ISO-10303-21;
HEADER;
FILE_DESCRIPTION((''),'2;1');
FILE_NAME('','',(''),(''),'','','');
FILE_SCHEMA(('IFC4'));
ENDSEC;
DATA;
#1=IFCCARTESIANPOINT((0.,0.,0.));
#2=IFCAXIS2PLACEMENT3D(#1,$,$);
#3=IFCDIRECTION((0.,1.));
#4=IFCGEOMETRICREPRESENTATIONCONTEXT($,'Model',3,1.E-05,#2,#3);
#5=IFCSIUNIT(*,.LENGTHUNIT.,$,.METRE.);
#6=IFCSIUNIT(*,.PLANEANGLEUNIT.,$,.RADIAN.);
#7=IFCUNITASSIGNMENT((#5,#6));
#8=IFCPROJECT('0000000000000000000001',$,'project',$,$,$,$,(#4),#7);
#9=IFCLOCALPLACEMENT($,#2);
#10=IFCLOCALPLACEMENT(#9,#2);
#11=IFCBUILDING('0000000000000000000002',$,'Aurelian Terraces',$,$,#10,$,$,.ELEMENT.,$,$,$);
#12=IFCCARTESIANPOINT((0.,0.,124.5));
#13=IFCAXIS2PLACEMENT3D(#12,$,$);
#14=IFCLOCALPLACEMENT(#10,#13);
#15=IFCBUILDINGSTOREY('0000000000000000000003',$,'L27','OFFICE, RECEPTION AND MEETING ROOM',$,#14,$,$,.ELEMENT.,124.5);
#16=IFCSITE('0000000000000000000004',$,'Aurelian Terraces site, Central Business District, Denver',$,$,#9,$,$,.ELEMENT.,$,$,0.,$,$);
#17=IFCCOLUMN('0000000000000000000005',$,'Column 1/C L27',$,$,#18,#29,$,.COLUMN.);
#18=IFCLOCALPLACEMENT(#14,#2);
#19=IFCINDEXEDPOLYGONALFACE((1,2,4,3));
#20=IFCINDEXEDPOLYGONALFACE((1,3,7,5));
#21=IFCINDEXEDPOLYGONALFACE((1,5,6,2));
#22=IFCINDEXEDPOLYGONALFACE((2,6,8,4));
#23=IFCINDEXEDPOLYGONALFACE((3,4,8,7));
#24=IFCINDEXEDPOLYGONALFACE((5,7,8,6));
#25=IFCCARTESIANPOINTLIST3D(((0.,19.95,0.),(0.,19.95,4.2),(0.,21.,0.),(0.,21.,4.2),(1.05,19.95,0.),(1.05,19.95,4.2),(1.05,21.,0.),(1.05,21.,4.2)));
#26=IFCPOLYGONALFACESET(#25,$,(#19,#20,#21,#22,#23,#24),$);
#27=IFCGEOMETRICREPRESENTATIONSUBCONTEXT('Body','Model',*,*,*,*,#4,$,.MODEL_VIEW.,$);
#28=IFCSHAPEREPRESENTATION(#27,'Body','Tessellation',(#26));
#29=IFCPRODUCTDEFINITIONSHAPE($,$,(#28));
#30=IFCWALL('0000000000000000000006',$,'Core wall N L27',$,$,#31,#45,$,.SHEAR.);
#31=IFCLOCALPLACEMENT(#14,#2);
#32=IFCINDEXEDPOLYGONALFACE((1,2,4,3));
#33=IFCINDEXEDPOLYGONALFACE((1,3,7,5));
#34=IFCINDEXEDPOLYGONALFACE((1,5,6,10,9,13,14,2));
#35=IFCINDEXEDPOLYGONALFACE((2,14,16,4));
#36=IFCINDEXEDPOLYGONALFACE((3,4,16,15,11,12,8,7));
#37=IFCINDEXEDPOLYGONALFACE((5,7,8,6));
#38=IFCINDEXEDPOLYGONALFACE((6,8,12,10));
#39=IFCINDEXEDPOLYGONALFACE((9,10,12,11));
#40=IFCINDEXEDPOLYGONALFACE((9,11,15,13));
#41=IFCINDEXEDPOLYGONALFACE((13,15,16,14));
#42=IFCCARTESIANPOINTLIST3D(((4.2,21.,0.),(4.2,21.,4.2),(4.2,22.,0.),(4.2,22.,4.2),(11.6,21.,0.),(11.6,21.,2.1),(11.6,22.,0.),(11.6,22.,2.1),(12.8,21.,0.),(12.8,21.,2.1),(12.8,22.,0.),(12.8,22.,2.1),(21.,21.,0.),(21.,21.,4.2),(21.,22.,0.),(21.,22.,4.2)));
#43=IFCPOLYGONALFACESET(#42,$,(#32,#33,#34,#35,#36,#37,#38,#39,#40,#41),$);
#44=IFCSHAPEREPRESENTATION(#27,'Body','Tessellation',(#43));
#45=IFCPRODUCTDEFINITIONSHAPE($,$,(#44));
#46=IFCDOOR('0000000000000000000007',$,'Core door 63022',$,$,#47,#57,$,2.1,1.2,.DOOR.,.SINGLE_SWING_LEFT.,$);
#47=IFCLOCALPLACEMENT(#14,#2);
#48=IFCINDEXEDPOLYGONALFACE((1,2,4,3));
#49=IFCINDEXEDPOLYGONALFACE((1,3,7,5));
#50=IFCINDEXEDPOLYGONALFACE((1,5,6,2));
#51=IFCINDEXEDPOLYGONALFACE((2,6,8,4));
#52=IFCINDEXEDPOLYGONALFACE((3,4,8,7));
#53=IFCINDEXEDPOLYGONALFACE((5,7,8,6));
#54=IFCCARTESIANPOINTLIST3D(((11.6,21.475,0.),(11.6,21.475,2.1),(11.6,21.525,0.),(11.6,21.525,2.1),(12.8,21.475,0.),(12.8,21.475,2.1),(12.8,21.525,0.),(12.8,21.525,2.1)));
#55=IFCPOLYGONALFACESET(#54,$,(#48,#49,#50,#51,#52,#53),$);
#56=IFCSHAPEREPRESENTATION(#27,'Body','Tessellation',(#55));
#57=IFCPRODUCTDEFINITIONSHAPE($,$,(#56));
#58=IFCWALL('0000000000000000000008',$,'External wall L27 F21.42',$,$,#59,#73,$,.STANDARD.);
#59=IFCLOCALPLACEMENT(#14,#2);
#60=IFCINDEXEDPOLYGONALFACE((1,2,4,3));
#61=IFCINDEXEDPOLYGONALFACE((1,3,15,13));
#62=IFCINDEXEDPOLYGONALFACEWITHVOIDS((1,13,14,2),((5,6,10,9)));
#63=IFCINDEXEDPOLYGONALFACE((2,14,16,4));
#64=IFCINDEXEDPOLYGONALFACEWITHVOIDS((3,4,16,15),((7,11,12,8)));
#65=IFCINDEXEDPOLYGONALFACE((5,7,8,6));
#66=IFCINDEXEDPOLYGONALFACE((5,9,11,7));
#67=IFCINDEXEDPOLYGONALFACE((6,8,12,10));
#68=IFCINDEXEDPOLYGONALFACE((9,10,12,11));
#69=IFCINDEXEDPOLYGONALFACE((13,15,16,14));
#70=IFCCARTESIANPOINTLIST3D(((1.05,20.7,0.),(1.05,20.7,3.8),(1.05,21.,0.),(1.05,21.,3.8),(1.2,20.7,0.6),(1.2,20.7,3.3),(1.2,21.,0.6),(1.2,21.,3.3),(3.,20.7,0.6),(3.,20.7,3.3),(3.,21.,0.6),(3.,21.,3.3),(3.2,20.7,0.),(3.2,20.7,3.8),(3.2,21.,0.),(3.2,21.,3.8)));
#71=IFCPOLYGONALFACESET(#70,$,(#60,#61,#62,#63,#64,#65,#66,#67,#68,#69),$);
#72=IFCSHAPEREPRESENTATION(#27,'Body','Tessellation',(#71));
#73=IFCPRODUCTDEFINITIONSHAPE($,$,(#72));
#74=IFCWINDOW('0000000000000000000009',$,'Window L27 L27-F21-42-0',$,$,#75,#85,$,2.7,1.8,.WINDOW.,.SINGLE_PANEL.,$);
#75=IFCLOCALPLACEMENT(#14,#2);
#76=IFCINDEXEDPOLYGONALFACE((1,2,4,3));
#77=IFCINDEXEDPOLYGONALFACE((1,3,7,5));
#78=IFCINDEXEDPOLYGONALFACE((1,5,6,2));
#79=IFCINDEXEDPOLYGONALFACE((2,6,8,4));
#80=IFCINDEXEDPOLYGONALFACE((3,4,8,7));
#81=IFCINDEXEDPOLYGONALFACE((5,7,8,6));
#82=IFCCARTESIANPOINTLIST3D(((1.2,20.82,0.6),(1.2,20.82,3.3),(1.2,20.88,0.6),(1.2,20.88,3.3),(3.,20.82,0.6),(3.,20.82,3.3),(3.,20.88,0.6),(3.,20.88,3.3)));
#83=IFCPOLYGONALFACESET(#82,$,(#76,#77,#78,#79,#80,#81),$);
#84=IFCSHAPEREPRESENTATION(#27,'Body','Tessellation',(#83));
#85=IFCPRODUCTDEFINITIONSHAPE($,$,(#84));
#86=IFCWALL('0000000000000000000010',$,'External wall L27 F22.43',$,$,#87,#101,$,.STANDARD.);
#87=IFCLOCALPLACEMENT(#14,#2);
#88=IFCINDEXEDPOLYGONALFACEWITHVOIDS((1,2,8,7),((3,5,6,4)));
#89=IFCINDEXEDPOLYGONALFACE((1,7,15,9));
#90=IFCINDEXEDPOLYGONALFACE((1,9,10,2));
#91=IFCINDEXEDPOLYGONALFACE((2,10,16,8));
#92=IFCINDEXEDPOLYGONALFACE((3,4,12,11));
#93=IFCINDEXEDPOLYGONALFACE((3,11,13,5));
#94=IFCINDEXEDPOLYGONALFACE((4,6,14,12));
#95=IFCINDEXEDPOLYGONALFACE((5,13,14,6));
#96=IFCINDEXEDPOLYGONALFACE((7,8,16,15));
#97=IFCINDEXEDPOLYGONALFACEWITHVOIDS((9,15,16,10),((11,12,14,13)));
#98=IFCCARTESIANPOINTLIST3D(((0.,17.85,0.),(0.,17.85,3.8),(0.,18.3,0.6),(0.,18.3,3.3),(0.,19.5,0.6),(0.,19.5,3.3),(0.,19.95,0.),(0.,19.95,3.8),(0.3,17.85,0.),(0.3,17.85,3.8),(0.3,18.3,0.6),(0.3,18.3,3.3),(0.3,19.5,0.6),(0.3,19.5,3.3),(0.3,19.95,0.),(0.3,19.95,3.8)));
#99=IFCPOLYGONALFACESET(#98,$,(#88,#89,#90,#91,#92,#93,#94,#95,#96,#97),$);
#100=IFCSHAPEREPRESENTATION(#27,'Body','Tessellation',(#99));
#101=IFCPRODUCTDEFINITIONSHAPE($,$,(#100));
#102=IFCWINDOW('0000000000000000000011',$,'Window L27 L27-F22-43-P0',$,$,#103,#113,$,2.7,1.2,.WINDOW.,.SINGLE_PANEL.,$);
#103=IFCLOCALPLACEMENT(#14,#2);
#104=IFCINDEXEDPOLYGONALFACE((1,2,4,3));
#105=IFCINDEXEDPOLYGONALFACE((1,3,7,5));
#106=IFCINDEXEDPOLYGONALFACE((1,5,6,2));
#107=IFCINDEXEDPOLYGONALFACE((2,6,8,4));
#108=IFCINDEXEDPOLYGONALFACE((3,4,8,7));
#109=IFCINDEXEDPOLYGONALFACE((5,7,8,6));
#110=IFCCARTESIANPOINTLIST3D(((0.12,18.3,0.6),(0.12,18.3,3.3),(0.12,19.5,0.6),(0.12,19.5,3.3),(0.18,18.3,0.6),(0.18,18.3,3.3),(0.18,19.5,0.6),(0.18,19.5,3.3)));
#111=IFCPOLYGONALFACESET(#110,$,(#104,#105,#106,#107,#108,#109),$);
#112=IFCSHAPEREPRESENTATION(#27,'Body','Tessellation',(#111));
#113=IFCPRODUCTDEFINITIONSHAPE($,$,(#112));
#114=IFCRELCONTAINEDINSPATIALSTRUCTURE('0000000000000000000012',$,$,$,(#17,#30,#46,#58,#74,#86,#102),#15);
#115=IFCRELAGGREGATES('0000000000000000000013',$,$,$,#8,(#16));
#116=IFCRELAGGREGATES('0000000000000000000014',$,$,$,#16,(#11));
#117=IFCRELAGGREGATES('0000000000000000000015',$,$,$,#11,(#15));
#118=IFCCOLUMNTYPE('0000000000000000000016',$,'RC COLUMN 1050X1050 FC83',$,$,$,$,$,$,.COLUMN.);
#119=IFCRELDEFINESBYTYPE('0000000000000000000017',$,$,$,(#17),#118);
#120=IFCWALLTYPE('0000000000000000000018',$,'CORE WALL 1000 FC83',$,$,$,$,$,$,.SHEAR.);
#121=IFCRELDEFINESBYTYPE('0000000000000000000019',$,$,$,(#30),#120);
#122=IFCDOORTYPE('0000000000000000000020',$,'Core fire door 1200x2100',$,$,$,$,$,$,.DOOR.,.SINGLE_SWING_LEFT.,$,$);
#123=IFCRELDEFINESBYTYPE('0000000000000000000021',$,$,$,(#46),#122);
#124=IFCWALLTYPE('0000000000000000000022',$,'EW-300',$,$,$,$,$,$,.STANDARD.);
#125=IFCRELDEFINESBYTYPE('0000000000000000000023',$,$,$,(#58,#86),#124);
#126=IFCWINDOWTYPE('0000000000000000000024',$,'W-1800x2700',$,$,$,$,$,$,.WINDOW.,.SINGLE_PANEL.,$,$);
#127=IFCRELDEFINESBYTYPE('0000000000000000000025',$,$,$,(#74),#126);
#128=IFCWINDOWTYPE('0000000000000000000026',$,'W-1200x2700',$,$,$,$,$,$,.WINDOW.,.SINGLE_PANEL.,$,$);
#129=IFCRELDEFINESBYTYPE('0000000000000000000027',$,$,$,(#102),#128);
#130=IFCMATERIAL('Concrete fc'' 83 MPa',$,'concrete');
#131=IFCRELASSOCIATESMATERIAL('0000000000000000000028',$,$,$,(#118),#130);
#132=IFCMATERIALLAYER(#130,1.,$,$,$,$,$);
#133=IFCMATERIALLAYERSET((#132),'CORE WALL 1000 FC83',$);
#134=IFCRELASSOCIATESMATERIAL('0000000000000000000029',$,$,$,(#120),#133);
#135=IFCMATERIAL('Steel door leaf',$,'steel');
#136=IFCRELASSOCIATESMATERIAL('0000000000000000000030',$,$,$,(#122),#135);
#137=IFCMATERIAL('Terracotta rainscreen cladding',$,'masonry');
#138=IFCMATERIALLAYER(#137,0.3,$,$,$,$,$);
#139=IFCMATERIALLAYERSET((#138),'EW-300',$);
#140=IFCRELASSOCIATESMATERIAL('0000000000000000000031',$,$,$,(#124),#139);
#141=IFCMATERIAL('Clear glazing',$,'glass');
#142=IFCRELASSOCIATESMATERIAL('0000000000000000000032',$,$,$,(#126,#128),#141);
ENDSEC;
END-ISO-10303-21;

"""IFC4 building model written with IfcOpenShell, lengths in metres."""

from ifc_helpers import new_model, si_unit, direction, frame, frame_2d, origin, origin_2d, place, context, subcontext, project, spatial, rectangle, extrude, source, transform, mapped, material, layer, layer_set, material_profile, profile_set, type_object, element, fill, save


model = new_model("IFC4")

# Units and contexts
model_context = context("Model", 3, precision=1e-05, world=origin(), true_north=direction((0.0, 1.0)))
body_context = subcontext(model_context, "Body", "Model", "MODEL_VIEW")
ifc_project = project(units=[si_unit("LENGTHUNIT", "METRE"), si_unit("PLANEANGLEUNIT", "RADIAN")], contexts=[model_context])

# Site, building, storey
site_placement = place(None, origin())
site = spatial("IfcSite", under=ifc_project, at=site_placement, Name="Aurelian Terraces site, Central Business District, Denver", CompositionType="ELEMENT", RefElevation=0.0)
building_placement = place(site_placement, origin())
building = spatial("IfcBuilding", under=site, at=building_placement, Name="Aurelian Terraces", CompositionType="ELEMENT")
storey_placement = place(building_placement, frame((0.0, 0.0, 124.5)))
storey = spatial("IfcBuildingStorey", under=building, at=storey_placement, Name="L27", Description="OFFICE, RECEPTION AND MEETING ROOM", CompositionType="ELEMENT", Elevation=124.5)

# Column
ifc_material_1 = material(Name="Concrete fc' 83 MPa", Category="concrete")
ifc_material_profile = material_profile(ifc_material_1, rectangle(XDim=1.05, YDim=1.05, at=origin_2d()))
ifc_profile_set = profile_set([ifc_material_profile], Name="Concrete fc' 83 MPa")
column_type = type_object("IfcColumnType", Name="RC COLUMN 1050X1050 FC83", PredefinedType="COLUMN", material=ifc_profile_set)
shared_shape_1 = source(origin(), body_context, "Body", "SweptSolid", [
    extrude(rectangle(XDim=1.05, YDim=1.05, at=origin_2d()), origin(), (0.0, 0.0, 1.0), 4.2),
])
column_placement = place(storey_placement, frame((0.525, 20.475, 0.0), z_axis=(0.0, 0.0, 1.0), x_axis=(1.0, 0.0, 0.0)))
element("IfcColumn", 1, at=column_placement, inside=storey, type_object=column_type, Name="Column 1/C L27", PredefinedType="COLUMN", context=body_context, shape_type="MappedRepresentation", body=[
    mapped(shared_shape_1, transform((0.0, 0.0, 0.0), scale=1.0)),
])

# Wall, opening, door
ifc_layer_1 = layer(ifc_material_1, 1.0)
ifc_layer_set_1 = layer_set([ifc_layer_1], Name="CORE WALL 1000 FC83")
wall_type_1 = type_object("IfcWallType", Name="CORE WALL 1000 FC83", PredefinedType="SHEAR", material=ifc_layer_set_1)
shared_shape_2 = source(origin(), body_context, "Body", "SweptSolid", [
    extrude(rectangle(XDim=16.8, YDim=1.0, at=frame_2d((8.4, 0.0))), origin(), (0.0, 0.0, 1.0), 4.2),
])
wall_1_placement = place(storey_placement, frame((4.2, 21.5, 0.0), z_axis=(0.0, 0.0, 1.0), x_axis=(1.0, 0.0, 0.0)))
wall_1 = element("IfcWall", 2, at=wall_1_placement, inside=storey, type_object=wall_type_1, Name="Core wall N L27", PredefinedType="SHEAR", context=body_context, shape_type="MappedRepresentation", body=[
    mapped(shared_shape_2, transform((0.0, 0.0, 0.0), scale=1.0)),
])
shared_shape_3 = source(origin(), body_context, "Body", "SweptSolid", [
    extrude(rectangle(XDim=1.2, YDim=2.1, at=frame_2d((0.6, 1.05))), frame((0.0, 0.51, 0.0), z_axis=(0.0, -1.0, 0.0), x_axis=(1.0, 0.0, 0.0)), (0.0, 0.0, 1.0), 1.02),
])
opening_1_placement = place(wall_1_placement, frame((7.4, 0.0, 0.0)))
opening_1 = element("IfcOpeningElement", 3, at=opening_1_placement, cuts=wall_1, PredefinedType="OPENING", context=body_context, shape_type="MappedRepresentation", body=[
    mapped(shared_shape_3, transform((0.0, 0.0, 0.0), scale=1.0)),
])
ifc_material_2 = material(Name="Steel door leaf", Category="steel")
door_type_1 = type_object("IfcDoorType", Name="Core fire door 1200x2100", OperationType="SINGLE_SWING_LEFT", PredefinedType="DOOR", material=ifc_material_2)
shared_shape_4 = source(origin(), body_context, "Body", "SweptSolid", [
    extrude(rectangle(XDim=1.2, YDim=2.1, at=frame_2d((0.6, 1.05))), frame((0.0, 0.025, 0.0), z_axis=(0.0, -1.0, 0.0), x_axis=(1.0, 0.0, 0.0)), (0.0, 0.0, 1.0), 0.05),
])
door_1_placement = place(opening_1_placement, origin())
door_1 = element("IfcDoor", 4, at=door_1_placement, inside=storey, type_object=door_type_1, Name="Core door 63022", OperationType="SINGLE_SWING_LEFT", OverallHeight=2.1, OverallWidth=1.2, PredefinedType="DOOR", context=body_context, shape_type="MappedRepresentation", body=[
    mapped(shared_shape_4, transform((0.0, 0.0, 0.0), scale=1.0)),
])
fill(opening_1, door_1)

# Walls, openings, windows
ifc_material_3 = material(Name="Terracotta rainscreen cladding", Category="masonry")
ifc_layer_2 = layer(ifc_material_3, 0.3)
ifc_layer_set_2 = layer_set([ifc_layer_2], Name="EW-300")
wall_type_2 = type_object("IfcWallType", Name="EW-300", PredefinedType="STANDARD", material=ifc_layer_set_2)
shared_shape_5 = source(origin(), body_context, "Body", "SweptSolid", [
    extrude(rectangle(XDim=2.15, YDim=0.3, at=frame_2d((1.075, 0.0))), origin(), (0.0, 0.0, 1.0), 3.8),
])
wall_2_placement = place(storey_placement, frame((3.2, 20.85, 0.0), z_axis=(0.0, 0.0, 1.0), x_axis=(-1.0, 0.0, 0.0)))
wall_2 = element("IfcWall", 5, at=wall_2_placement, inside=storey, type_object=wall_type_2, Name="External wall L27 F21.42", PredefinedType="STANDARD", context=body_context, shape_type="MappedRepresentation", body=[
    mapped(shared_shape_5, transform((0.0, 0.0, 0.0), scale=1.0)),
])
shared_shape_6 = source(origin(), body_context, "Body", "SweptSolid", [
    extrude(rectangle(XDim=1.8, YDim=2.7, at=frame_2d((0.9, 1.35))), frame((0.0, 0.16, 0.0), z_axis=(0.0, -1.0, 0.0), x_axis=(1.0, 0.0, 0.0)), (0.0, 0.0, 1.0), 0.32),
])
opening_2_placement = place(wall_2_placement, frame((0.2, 0.0, 0.6)))
opening_2 = element("IfcOpeningElement", 6, at=opening_2_placement, cuts=wall_2, PredefinedType="OPENING", context=body_context, shape_type="MappedRepresentation", body=[
    mapped(shared_shape_6, transform((0.0, 0.0, 0.0), scale=1.0)),
])
ifc_material_4 = material(Name="Clear glazing", Category="glass")
window_type_1 = type_object("IfcWindowType", Name="W-1800x2700", PartitioningType="SINGLE_PANEL", PredefinedType="WINDOW", material=ifc_material_4)
shared_shape_7 = source(origin(), body_context, "Body", "SweptSolid", [
    extrude(rectangle(XDim=1.8, YDim=2.7, at=frame_2d((0.9, 1.35))), frame((0.0, 0.03, 0.0), z_axis=(0.0, -1.0, 0.0), x_axis=(1.0, 0.0, 0.0)), (0.0, 0.0, 1.0), 0.06),
])
window_1_placement = place(opening_2_placement, origin())
window_1 = element("IfcWindow", 7, at=window_1_placement, inside=storey, type_object=window_type_1, Name="Window L27 L27-F21-42-0", OverallHeight=2.7, OverallWidth=1.8, PartitioningType="SINGLE_PANEL", PredefinedType="WINDOW", context=body_context, shape_type="MappedRepresentation", body=[
    mapped(shared_shape_7, transform((0.0, 0.0, 0.0), scale=1.0)),
])
fill(opening_2, window_1)
shared_shape_8 = source(origin(), body_context, "Body", "SweptSolid", [
    extrude(rectangle(XDim=2.1, YDim=0.3, at=frame_2d((1.05, 0.0))), origin(), (0.0, 0.0, 1.0), 3.8),
])
wall_3_placement = place(storey_placement, frame((0.15, 19.95, 0.0), z_axis=(0.0, 0.0, 1.0), x_axis=(0.0, -1.0, 0.0)))
wall_3 = element("IfcWall", 8, at=wall_3_placement, inside=storey, type_object=wall_type_2, Name="External wall L27 F22.43", PredefinedType="STANDARD", context=body_context, shape_type="MappedRepresentation", body=[
    mapped(shared_shape_8, transform((0.0, 0.0, 0.0), scale=1.0)),
])
shared_shape_9 = source(origin(), body_context, "Body", "SweptSolid", [
    extrude(rectangle(XDim=1.2, YDim=2.7, at=frame_2d((0.6, 1.35))), frame((0.0, 0.16, 0.0), z_axis=(0.0, -1.0, 0.0), x_axis=(1.0, 0.0, 0.0)), (0.0, 0.0, 1.0), 0.32),
])
opening_3_placement = place(wall_3_placement, frame((0.45, 0.0, 0.6)))
opening_3 = element("IfcOpeningElement", 9, at=opening_3_placement, cuts=wall_3, PredefinedType="OPENING", context=body_context, shape_type="MappedRepresentation", body=[
    mapped(shared_shape_9, transform((0.0, 0.0, 0.0), scale=1.0)),
])
window_type_2 = type_object("IfcWindowType", Name="W-1200x2700", PartitioningType="SINGLE_PANEL", PredefinedType="WINDOW", material=ifc_material_4)
shared_shape_10 = source(origin(), body_context, "Body", "SweptSolid", [
    extrude(rectangle(XDim=1.2, YDim=2.7, at=frame_2d((0.6, 1.35))), frame((0.0, 0.03, 0.0), z_axis=(0.0, -1.0, 0.0), x_axis=(1.0, 0.0, 0.0)), (0.0, 0.0, 1.0), 0.06),
])
window_2_placement = place(opening_3_placement, origin())
window_2 = element("IfcWindow", 10, at=window_2_placement, inside=storey, type_object=window_type_2, Name="Window L27 L27-F22-43-P0", OverallHeight=2.7, OverallWidth=1.2, PartitioningType="SINGLE_PANEL", PredefinedType="WINDOW", context=body_context, shape_type="MappedRepresentation", body=[
    mapped(shared_shape_10, transform((0.0, 0.0, 0.0), scale=1.0)),
])
fill(opening_3, window_2)

save(model, "model.ifc")
